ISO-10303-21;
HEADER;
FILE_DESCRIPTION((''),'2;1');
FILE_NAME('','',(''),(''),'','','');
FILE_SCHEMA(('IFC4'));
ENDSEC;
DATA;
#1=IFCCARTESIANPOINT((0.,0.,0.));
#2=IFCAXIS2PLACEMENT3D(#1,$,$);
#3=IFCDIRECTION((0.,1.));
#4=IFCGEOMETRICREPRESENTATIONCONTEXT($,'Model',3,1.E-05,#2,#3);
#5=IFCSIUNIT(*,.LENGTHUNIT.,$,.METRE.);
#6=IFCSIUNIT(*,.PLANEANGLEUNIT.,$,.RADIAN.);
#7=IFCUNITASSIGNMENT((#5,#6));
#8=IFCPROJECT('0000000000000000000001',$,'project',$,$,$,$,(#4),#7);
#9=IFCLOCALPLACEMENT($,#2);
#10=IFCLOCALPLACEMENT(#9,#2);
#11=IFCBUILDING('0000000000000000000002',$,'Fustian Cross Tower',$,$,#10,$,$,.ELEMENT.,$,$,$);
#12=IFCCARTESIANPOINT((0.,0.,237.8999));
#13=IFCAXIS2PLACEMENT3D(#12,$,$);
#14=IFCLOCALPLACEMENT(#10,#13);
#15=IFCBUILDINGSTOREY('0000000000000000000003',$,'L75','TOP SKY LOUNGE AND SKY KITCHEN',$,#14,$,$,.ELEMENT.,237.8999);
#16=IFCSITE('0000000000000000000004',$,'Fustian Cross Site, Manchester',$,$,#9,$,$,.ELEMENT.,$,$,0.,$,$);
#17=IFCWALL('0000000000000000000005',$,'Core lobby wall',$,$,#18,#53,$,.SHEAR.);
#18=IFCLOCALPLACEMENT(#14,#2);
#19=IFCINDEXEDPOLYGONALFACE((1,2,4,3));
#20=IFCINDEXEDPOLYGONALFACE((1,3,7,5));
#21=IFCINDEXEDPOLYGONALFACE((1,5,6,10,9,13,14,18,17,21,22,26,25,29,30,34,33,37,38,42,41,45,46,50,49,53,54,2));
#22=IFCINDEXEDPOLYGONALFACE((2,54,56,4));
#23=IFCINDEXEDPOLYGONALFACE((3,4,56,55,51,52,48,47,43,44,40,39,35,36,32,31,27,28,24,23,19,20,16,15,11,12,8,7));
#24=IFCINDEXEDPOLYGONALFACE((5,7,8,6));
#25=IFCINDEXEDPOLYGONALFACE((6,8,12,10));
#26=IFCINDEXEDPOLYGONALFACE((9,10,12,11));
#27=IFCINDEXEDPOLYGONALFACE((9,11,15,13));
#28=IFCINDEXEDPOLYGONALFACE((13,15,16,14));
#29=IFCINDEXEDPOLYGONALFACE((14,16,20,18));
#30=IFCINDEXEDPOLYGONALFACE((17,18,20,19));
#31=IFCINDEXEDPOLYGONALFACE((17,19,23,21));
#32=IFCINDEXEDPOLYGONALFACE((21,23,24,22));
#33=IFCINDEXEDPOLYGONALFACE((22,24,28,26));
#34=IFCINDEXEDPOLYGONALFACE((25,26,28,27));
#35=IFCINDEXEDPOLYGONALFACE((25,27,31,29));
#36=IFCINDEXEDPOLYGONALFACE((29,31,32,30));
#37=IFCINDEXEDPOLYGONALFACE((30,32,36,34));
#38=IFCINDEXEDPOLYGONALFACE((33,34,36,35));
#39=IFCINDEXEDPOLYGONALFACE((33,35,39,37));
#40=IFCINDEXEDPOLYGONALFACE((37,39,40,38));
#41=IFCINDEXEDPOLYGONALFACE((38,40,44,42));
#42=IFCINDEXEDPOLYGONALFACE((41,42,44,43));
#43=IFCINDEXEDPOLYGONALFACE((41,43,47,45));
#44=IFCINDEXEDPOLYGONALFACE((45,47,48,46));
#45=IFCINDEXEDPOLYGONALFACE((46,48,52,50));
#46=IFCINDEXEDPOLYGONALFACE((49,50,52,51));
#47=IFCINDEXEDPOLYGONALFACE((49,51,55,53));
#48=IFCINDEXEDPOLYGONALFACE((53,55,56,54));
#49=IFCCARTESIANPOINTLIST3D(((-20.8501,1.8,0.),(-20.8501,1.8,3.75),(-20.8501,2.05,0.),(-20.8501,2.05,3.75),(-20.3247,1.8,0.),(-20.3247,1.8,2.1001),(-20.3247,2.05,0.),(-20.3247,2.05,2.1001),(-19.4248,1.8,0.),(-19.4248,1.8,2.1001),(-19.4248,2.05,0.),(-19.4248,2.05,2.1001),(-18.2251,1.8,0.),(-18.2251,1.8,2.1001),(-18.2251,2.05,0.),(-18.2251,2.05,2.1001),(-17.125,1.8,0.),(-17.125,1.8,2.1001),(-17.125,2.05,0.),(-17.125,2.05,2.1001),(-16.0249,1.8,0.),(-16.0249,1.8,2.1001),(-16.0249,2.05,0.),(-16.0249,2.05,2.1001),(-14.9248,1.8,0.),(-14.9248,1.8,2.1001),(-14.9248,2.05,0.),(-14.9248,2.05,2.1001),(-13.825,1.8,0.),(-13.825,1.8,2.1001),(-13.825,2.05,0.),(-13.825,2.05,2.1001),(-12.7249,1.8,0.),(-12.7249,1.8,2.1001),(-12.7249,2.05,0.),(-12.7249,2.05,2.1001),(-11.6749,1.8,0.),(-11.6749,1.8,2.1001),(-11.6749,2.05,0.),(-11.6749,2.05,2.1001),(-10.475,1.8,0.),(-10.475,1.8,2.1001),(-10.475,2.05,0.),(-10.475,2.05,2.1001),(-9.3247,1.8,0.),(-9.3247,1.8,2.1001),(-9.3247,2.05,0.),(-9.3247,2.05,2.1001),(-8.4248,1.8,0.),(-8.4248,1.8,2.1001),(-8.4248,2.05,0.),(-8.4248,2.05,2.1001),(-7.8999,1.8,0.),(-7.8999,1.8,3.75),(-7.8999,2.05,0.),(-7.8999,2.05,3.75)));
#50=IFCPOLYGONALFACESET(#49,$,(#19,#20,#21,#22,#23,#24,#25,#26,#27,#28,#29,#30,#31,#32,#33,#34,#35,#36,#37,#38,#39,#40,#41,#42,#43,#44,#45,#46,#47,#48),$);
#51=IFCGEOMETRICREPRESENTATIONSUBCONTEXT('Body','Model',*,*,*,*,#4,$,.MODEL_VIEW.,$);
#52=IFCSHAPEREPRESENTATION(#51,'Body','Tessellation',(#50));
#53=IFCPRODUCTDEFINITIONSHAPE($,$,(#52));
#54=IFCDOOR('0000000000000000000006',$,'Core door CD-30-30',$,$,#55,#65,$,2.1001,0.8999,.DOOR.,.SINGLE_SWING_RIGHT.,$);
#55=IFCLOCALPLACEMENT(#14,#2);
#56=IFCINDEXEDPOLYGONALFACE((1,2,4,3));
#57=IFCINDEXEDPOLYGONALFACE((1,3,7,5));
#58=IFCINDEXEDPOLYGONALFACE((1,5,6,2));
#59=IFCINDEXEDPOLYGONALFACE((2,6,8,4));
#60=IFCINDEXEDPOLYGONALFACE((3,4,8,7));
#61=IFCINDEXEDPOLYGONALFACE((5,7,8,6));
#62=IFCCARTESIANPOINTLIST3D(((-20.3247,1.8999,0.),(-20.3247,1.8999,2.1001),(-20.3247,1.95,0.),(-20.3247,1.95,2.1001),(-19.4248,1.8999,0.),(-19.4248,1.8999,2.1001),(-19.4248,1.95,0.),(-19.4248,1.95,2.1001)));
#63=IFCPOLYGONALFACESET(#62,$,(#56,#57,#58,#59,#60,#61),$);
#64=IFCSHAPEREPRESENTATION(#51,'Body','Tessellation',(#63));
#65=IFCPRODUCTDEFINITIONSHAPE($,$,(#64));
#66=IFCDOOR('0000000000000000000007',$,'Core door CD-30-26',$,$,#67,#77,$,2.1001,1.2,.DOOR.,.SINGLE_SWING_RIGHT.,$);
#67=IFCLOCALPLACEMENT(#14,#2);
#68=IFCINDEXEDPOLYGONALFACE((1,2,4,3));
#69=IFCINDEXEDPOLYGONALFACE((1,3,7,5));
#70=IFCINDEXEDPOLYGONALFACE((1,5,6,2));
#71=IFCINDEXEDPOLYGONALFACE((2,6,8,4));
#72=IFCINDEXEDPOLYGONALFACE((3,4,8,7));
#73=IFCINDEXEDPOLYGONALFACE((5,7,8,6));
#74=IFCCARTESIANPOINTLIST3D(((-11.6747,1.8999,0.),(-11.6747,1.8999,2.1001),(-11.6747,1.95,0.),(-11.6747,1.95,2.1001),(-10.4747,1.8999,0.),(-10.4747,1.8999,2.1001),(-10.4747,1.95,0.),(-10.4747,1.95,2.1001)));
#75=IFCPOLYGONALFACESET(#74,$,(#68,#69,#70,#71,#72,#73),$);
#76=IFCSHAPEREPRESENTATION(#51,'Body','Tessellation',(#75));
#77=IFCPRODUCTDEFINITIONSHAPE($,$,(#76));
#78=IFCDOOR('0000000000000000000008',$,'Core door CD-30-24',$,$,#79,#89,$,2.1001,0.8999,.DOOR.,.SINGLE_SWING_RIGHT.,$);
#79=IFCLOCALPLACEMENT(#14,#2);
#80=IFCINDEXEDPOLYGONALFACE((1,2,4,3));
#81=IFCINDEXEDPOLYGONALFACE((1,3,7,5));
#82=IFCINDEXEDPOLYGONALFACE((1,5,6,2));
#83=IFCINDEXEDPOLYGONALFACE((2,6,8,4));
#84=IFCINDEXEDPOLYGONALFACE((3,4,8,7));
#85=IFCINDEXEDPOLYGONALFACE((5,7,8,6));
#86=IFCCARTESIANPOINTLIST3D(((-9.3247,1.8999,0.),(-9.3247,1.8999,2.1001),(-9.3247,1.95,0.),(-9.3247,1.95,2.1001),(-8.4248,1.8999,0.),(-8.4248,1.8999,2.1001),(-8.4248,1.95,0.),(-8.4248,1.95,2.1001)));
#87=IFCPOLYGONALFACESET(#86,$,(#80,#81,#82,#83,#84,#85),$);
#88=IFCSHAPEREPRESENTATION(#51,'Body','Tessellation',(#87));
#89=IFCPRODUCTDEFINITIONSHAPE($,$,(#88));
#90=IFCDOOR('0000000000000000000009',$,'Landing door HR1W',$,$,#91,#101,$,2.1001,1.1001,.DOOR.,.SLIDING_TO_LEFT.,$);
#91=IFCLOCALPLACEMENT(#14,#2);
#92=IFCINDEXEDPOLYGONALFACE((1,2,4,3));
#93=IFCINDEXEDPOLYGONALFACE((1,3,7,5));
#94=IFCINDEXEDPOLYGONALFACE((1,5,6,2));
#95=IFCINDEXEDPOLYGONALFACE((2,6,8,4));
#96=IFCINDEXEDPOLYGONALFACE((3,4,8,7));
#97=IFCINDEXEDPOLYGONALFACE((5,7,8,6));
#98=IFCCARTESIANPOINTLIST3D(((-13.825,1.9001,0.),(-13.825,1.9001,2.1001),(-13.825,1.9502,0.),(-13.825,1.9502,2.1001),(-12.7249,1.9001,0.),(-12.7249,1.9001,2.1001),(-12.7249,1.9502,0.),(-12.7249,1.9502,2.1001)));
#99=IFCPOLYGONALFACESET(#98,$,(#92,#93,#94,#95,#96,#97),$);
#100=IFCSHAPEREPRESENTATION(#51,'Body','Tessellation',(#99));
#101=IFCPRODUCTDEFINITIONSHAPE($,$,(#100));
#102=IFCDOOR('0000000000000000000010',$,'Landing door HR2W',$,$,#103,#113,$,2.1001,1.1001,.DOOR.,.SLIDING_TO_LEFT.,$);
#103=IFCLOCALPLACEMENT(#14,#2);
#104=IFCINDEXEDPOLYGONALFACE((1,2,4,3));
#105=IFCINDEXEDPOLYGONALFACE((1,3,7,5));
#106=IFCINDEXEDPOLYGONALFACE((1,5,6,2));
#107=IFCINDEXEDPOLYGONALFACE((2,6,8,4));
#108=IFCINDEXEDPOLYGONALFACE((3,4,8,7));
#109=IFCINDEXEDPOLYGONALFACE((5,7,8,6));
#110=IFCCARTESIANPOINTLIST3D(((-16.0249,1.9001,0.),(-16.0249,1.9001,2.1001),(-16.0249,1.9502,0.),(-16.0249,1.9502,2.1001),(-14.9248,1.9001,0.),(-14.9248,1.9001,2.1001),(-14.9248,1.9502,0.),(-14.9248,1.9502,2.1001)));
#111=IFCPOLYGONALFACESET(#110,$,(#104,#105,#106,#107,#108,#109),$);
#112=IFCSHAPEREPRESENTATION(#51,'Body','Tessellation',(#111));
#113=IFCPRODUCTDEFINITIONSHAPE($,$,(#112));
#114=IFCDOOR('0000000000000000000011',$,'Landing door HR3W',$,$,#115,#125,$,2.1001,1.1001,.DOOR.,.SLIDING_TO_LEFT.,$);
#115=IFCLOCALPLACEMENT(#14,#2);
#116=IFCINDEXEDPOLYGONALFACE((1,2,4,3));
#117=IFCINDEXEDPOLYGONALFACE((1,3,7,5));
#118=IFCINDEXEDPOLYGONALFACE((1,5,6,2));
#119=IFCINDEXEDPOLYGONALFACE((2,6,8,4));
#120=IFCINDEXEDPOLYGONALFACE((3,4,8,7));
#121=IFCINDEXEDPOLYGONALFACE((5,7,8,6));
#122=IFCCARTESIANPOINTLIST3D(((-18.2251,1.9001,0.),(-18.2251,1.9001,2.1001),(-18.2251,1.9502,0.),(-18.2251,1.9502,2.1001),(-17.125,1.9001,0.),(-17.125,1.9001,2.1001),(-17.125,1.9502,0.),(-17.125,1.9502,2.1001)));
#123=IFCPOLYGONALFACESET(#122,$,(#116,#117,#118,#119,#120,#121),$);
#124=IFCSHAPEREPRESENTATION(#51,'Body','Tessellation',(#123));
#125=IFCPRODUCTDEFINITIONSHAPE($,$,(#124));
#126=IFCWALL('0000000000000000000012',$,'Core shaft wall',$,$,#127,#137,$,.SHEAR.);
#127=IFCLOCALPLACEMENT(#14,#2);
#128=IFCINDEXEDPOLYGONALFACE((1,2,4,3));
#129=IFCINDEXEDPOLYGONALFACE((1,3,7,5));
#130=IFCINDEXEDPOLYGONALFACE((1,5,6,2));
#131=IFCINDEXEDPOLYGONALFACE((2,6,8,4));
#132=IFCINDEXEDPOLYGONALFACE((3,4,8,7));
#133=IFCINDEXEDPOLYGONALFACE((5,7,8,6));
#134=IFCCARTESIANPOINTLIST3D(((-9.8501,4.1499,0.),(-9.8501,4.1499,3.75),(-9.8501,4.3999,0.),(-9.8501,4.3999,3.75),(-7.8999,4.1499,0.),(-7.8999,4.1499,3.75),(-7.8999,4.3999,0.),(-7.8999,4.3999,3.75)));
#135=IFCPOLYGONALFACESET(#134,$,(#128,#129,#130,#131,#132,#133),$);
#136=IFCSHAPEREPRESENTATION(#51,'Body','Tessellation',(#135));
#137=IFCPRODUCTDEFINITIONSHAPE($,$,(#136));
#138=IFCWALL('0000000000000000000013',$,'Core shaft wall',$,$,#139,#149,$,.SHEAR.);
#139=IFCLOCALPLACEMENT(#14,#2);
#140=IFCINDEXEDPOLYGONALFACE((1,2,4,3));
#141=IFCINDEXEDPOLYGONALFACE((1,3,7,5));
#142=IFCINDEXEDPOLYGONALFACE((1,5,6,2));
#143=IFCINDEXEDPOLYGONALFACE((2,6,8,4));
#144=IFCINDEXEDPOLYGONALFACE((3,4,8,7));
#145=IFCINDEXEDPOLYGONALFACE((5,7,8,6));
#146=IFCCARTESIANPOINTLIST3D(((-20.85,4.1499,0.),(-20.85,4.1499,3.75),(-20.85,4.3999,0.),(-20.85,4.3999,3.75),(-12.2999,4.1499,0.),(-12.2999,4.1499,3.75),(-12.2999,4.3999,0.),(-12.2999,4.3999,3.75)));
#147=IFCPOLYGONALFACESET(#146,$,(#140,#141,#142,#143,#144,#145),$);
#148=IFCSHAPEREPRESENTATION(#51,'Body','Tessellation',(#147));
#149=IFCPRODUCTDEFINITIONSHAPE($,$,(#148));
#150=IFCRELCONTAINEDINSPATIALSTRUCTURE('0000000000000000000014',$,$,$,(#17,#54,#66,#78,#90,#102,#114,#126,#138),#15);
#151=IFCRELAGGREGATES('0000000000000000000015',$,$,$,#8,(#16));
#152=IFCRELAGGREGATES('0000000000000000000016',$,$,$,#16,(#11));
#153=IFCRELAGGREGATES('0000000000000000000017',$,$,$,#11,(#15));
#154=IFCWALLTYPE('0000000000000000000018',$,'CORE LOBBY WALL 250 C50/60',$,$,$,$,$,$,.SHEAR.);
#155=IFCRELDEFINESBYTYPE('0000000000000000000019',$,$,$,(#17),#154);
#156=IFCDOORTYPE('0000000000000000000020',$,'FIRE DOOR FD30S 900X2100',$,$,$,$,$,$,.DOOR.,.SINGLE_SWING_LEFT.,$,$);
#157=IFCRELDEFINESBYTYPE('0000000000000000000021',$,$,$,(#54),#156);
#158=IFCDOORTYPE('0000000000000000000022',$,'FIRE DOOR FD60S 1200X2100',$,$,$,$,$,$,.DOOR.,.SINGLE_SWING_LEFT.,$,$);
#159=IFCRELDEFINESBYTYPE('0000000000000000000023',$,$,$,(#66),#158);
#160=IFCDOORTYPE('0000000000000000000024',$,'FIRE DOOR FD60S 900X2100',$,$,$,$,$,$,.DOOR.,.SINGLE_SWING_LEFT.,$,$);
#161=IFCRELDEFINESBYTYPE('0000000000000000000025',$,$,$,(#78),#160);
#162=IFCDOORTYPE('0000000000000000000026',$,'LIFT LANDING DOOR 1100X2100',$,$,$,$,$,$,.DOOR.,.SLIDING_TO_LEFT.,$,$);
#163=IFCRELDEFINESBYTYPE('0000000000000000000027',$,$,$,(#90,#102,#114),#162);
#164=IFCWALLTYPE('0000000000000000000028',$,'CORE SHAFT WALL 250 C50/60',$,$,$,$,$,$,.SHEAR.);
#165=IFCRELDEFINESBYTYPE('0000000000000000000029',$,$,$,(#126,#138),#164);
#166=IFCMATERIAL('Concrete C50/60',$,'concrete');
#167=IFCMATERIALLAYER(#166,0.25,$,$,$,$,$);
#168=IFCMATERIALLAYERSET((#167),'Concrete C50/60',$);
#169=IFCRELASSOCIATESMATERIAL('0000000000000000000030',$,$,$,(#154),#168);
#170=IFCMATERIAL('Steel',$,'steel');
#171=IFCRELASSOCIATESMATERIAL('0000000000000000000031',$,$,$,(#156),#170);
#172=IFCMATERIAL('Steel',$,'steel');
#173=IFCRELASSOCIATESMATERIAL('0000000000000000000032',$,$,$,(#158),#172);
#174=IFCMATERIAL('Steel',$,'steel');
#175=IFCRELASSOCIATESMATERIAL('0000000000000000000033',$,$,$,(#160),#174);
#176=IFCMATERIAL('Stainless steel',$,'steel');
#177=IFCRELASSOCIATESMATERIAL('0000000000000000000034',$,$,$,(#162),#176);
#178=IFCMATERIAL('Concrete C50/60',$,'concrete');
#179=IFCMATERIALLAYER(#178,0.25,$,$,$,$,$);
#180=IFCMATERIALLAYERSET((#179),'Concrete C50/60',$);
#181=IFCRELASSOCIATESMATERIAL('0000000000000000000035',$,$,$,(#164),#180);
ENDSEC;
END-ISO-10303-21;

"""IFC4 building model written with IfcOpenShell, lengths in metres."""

from ifc_helpers import new_model, si_unit, direction, frame, frame_2d, origin, place, context, subcontext, project, spatial, rectangle, extrude, material, layer, layer_set, type_object, element, fill, save


model = new_model("IFC4")

# Units and contexts
model_context = context("Model", 3, precision=1e-05, world=origin(), true_north=direction((0.0, 1.0)))
body_context = subcontext(model_context, "Body", "Model", "MODEL_VIEW")
ifc_project = project(units=[si_unit("LENGTHUNIT", "METRE"), si_unit("PLANEANGLEUNIT", "RADIAN")], contexts=[model_context])

# Site, building, storey
site_placement = place(None, origin())
site = spatial("IfcSite", under=ifc_project, at=site_placement, Name="Fustian Cross Site, Manchester", CompositionType="ELEMENT", RefElevation=0.0)
building_placement = place(site_placement, origin())
building = spatial("IfcBuilding", under=site, at=building_placement, Name="Fustian Cross Tower", CompositionType="ELEMENT")
storey_placement = place(building_placement, frame((0.0, 0.0, 237.8999)))
storey = spatial("IfcBuildingStorey", under=building, at=storey_placement, Name="L75", Description="TOP SKY LOUNGE AND SKY KITCHEN", CompositionType="ELEMENT", Elevation=237.8999)

# Wall, openings, doors
ifc_material_1 = material(Name="Concrete C50/60", Category="concrete")
ifc_layer_1 = layer(ifc_material_1, 0.25)
ifc_layer_set_1 = layer_set([ifc_layer_1], Name="Concrete C50/60")
wall_type_1 = type_object("IfcWallType", Name="CORE LOBBY WALL 250 C50/60", PredefinedType="SHEAR", material=ifc_layer_set_1)
wall_1_placement = place(storey_placement, frame((-7.8999, 1.925, 0.0), z_axis=(0.0, 0.0, 1.0), x_axis=(-1.0, 0.0, 0.0)))
wall_1 = element("IfcWall", 1, at=wall_1_placement, inside=storey, type_object=wall_type_1, Name="Core lobby wall", PredefinedType="SHEAR", context=body_context, shape_type="SweptSolid", body=[
    extrude(rectangle(XDim=12.9502, YDim=0.25, at=frame_2d((6.4751, 0.0))), origin(), (0.0, 0.0, 1.0), 3.75),
])
opening_1_placement = place(wall_1_placement, frame((4.825, 0.0, 0.0)))
opening_1 = element("IfcOpeningElement", 2, at=opening_1_placement, cuts=wall_1, PredefinedType="OPENING", context=body_context, shape_type="SweptSolid", body=[
    extrude(rectangle(XDim=1.1001, YDim=2.1001, at=frame_2d((0.55, 1.05))), frame((0.0, 0.135, 0.0), z_axis=(0.0, -1.0, 0.0), x_axis=(1.0, 0.0, 0.0)), (0.0, 0.0, 1.0), 0.27),
])
opening_2_placement = place(wall_1_placement, frame((7.0249, 0.0, 0.0)))
opening_2 = element("IfcOpeningElement", 3, at=opening_2_placement, cuts=wall_1, PredefinedType="OPENING", context=body_context, shape_type="SweptSolid", body=[
    extrude(rectangle(XDim=1.1001, YDim=2.1001, at=frame_2d((0.55, 1.05))), frame((0.0, 0.135, 0.0), z_axis=(0.0, -1.0, 0.0), x_axis=(1.0, 0.0, 0.0)), (0.0, 0.0, 1.0), 0.27),
])
opening_3_placement = place(wall_1_placement, frame((9.2251, 0.0, 0.0)))
opening_3 = element("IfcOpeningElement", 4, at=opening_3_placement, cuts=wall_1, PredefinedType="OPENING", context=body_context, shape_type="SweptSolid", body=[
    extrude(rectangle(XDim=1.1001, YDim=2.1001, at=frame_2d((0.55, 1.05))), frame((0.0, 0.135, 0.0), z_axis=(0.0, -1.0, 0.0), x_axis=(1.0, 0.0, 0.0)), (0.0, 0.0, 1.0), 0.27),
])
opening_4_placement = place(wall_1_placement, frame((0.5249, 0.0, 0.0)))
opening_4 = element("IfcOpeningElement", 5, at=opening_4_placement, cuts=wall_1, PredefinedType="OPENING", context=body_context, shape_type="SweptSolid", body=[
    extrude(rectangle(XDim=0.8999, YDim=2.1001, at=frame_2d((0.45, 1.05))), frame((0.0, 0.135, 0.0), z_axis=(0.0, -1.0, 0.0), x_axis=(1.0, 0.0, 0.0)), (0.0, 0.0, 1.0), 0.27),
])
opening_5_placement = place(wall_1_placement, frame((2.575, 0.0, 0.0)))
opening_5 = element("IfcOpeningElement", 6, at=opening_5_placement, cuts=wall_1, PredefinedType="OPENING", context=body_context, shape_type="SweptSolid", body=[
    extrude(rectangle(XDim=1.2, YDim=2.1001, at=frame_2d((0.6001, 1.05))), frame((0.0, 0.135, 0.0), z_axis=(0.0, -1.0, 0.0), x_axis=(1.0, 0.0, 0.0)), (0.0, 0.0, 1.0), 0.27),
])
opening_6_placement = place(wall_1_placement, frame((11.5249, 0.0, 0.0)))
opening_6 = element("IfcOpeningElement", 7, at=opening_6_placement, cuts=wall_1, PredefinedType="OPENING", context=body_context, shape_type="SweptSolid", body=[
    extrude(rectangle(XDim=0.8999, YDim=2.1001, at=frame_2d((0.45, 1.05))), frame((0.0, 0.135, 0.0), z_axis=(0.0, -1.0, 0.0), x_axis=(1.0, 0.0, 0.0)), (0.0, 0.0, 1.0), 0.27),
])
ifc_material_2 = material(Name="Steel", Category="steel")
door_type_1 = type_object("IfcDoorType", Name="FIRE DOOR FD30S 900X2100", OperationType="SINGLE_SWING_LEFT", PredefinedType="DOOR", material=ifc_material_2)
door_1_placement = place(opening_6_placement, frame((0.8999, 0.0, 0.0), z_axis=(0.0, 0.0, 1.0), x_axis=(-1.0, 0.0, 0.0)))
door_1 = element("IfcDoor", 8, at=door_1_placement, inside=storey, type_object=door_type_1, Name="Core door CD-30-30", OperationType="SINGLE_SWING_RIGHT", OverallHeight=2.1001, OverallWidth=0.8999, PredefinedType="DOOR", context=body_context, shape_type="SweptSolid", body=[
    extrude(rectangle(XDim=0.8999, YDim=2.1001, at=frame_2d((0.45, 1.05))), frame((0.0, 0.0249, 0.0), z_axis=(0.0, -1.0, 0.0), x_axis=(1.0, 0.0, 0.0)), (0.0, 0.0, 1.0), 0.05),
])
fill(opening_6, door_1)
ifc_material_3 = material(Name="Steel", Category="steel")
door_type_2 = type_object("IfcDoorType", Name="FIRE DOOR FD60S 1200X2100", OperationType="SINGLE_SWING_LEFT", PredefinedType="DOOR", material=ifc_material_3)
door_2_placement = place(opening_5_placement, frame((1.2, 0.0, 0.0), z_axis=(0.0, 0.0, 1.0), x_axis=(-1.0, 0.0, 0.0)))
door_2 = element("IfcDoor", 9, at=door_2_placement, inside=storey, type_object=door_type_2, Name="Core door CD-30-26", OperationType="SINGLE_SWING_RIGHT", OverallHeight=2.1001, OverallWidth=1.2, PredefinedType="DOOR", context=body_context, shape_type="SweptSolid", body=[
    extrude(rectangle(XDim=1.2, YDim=2.1001, at=frame_2d((0.6001, 1.05))), frame((0.0, 0.0249, 0.0), z_axis=(0.0, -1.0, 0.0), x_axis=(1.0, 0.0, 0.0)), (0.0, 0.0, 1.0), 0.05),
])
fill(opening_5, door_2)
ifc_material_4 = material(Name="Steel", Category="steel")
door_type_3 = type_object("IfcDoorType", Name="FIRE DOOR FD60S 900X2100", OperationType="SINGLE_SWING_LEFT", PredefinedType="DOOR", material=ifc_material_4)
door_3_placement = place(opening_4_placement, frame((0.8999, 0.0, 0.0), z_axis=(0.0, 0.0, 1.0), x_axis=(-1.0, 0.0, 0.0)))
door_3 = element("IfcDoor", 10, at=door_3_placement, inside=storey, type_object=door_type_3, Name="Core door CD-30-24", OperationType="SINGLE_SWING_RIGHT", OverallHeight=2.1001, OverallWidth=0.8999, PredefinedType="DOOR", context=body_context, shape_type="SweptSolid", body=[
    extrude(rectangle(XDim=0.8999, YDim=2.1001, at=frame_2d((0.45, 1.05))), frame((0.0, 0.0249, 0.0), z_axis=(0.0, -1.0, 0.0), x_axis=(1.0, 0.0, 0.0)), (0.0, 0.0, 1.0), 0.05),
])
fill(opening_4, door_3)
ifc_material_5 = material(Name="Stainless steel", Category="steel")
door_type_4 = type_object("IfcDoorType", Name="LIFT LANDING DOOR 1100X2100", OperationType="SLIDING_TO_LEFT", PredefinedType="DOOR", material=ifc_material_5)
door_4_placement = place(opening_1_placement, origin())
door_4 = element("IfcDoor", 11, at=door_4_placement, inside=storey, type_object=door_type_4, Name="Landing door HR1W", OperationType="SLIDING_TO_LEFT", OverallHeight=2.1001, OverallWidth=1.1001, PredefinedType="DOOR", context=body_context, shape_type="SweptSolid", body=[
    extrude(rectangle(XDim=1.1001, YDim=2.1001, at=frame_2d((0.55, 1.05))), frame((0.0, 0.0249, 0.0), z_axis=(0.0, -1.0, 0.0), x_axis=(1.0, 0.0, 0.0)), (0.0, 0.0, 1.0), 0.05),
])
fill(opening_1, door_4)
door_5_placement = place(opening_2_placement, origin())
door_5 = element("IfcDoor", 12, at=door_5_placement, inside=storey, type_object=door_type_4, Name="Landing door HR2W", OperationType="SLIDING_TO_LEFT", OverallHeight=2.1001, OverallWidth=1.1001, PredefinedType="DOOR", context=body_context, shape_type="SweptSolid", body=[
    extrude(rectangle(XDim=1.1001, YDim=2.1001, at=frame_2d((0.55, 1.05))), frame((0.0, 0.0249, 0.0), z_axis=(0.0, -1.0, 0.0), x_axis=(1.0, 0.0, 0.0)), (0.0, 0.0, 1.0), 0.05),
])
fill(opening_2, door_5)
door_6_placement = place(opening_3_placement, origin())
door_6 = element("IfcDoor", 13, at=door_6_placement, inside=storey, type_object=door_type_4, Name="Landing door HR3W", OperationType="SLIDING_TO_LEFT", OverallHeight=2.1001, OverallWidth=1.1001, PredefinedType="DOOR", context=body_context, shape_type="SweptSolid", body=[
    extrude(rectangle(XDim=1.1001, YDim=2.1001, at=frame_2d((0.55, 1.05))), frame((0.0, 0.0249, 0.0), z_axis=(0.0, -1.0, 0.0), x_axis=(1.0, 0.0, 0.0)), (0.0, 0.0, 1.0), 0.05),
])
fill(opening_3, door_6)

# Walls
ifc_material_6 = material(Name="Concrete C50/60", Category="concrete")
ifc_layer_2 = layer(ifc_material_6, 0.25)
ifc_layer_set_2 = layer_set([ifc_layer_2], Name="Concrete C50/60")
wall_type_2 = type_object("IfcWallType", Name="CORE SHAFT WALL 250 C50/60", PredefinedType="SHEAR", material=ifc_layer_set_2)
wall_2_placement = place(storey_placement, frame((-7.8999, 4.2749, 0.0), z_axis=(0.0, 0.0, 1.0), x_axis=(-1.0, 0.0, 0.0)))
element("IfcWall", 14, at=wall_2_placement, inside=storey, type_object=wall_type_2, Name="Core shaft wall", PredefinedType="SHEAR", context=body_context, shape_type="SweptSolid", body=[
    extrude(rectangle(XDim=1.9502, YDim=0.25, at=frame_2d((0.9751, 0.0))), origin(), (0.0, 0.0, 1.0), 3.75),
])
wall_3_placement = place(storey_placement, frame((-12.3, 4.2749, 0.0), z_axis=(0.0, 0.0, 1.0), x_axis=(-1.0, 0.0, 0.0)))
element("IfcWall", 15, at=wall_3_placement, inside=storey, type_object=wall_type_2, Name="Core shaft wall", PredefinedType="SHEAR", context=body_context, shape_type="SweptSolid", body=[
    extrude(rectangle(XDim=8.55, YDim=0.25, at=frame_2d((4.2749, 0.0))), origin(), (0.0, 0.0, 1.0), 3.75),
])

save(model, "model.ifc")
